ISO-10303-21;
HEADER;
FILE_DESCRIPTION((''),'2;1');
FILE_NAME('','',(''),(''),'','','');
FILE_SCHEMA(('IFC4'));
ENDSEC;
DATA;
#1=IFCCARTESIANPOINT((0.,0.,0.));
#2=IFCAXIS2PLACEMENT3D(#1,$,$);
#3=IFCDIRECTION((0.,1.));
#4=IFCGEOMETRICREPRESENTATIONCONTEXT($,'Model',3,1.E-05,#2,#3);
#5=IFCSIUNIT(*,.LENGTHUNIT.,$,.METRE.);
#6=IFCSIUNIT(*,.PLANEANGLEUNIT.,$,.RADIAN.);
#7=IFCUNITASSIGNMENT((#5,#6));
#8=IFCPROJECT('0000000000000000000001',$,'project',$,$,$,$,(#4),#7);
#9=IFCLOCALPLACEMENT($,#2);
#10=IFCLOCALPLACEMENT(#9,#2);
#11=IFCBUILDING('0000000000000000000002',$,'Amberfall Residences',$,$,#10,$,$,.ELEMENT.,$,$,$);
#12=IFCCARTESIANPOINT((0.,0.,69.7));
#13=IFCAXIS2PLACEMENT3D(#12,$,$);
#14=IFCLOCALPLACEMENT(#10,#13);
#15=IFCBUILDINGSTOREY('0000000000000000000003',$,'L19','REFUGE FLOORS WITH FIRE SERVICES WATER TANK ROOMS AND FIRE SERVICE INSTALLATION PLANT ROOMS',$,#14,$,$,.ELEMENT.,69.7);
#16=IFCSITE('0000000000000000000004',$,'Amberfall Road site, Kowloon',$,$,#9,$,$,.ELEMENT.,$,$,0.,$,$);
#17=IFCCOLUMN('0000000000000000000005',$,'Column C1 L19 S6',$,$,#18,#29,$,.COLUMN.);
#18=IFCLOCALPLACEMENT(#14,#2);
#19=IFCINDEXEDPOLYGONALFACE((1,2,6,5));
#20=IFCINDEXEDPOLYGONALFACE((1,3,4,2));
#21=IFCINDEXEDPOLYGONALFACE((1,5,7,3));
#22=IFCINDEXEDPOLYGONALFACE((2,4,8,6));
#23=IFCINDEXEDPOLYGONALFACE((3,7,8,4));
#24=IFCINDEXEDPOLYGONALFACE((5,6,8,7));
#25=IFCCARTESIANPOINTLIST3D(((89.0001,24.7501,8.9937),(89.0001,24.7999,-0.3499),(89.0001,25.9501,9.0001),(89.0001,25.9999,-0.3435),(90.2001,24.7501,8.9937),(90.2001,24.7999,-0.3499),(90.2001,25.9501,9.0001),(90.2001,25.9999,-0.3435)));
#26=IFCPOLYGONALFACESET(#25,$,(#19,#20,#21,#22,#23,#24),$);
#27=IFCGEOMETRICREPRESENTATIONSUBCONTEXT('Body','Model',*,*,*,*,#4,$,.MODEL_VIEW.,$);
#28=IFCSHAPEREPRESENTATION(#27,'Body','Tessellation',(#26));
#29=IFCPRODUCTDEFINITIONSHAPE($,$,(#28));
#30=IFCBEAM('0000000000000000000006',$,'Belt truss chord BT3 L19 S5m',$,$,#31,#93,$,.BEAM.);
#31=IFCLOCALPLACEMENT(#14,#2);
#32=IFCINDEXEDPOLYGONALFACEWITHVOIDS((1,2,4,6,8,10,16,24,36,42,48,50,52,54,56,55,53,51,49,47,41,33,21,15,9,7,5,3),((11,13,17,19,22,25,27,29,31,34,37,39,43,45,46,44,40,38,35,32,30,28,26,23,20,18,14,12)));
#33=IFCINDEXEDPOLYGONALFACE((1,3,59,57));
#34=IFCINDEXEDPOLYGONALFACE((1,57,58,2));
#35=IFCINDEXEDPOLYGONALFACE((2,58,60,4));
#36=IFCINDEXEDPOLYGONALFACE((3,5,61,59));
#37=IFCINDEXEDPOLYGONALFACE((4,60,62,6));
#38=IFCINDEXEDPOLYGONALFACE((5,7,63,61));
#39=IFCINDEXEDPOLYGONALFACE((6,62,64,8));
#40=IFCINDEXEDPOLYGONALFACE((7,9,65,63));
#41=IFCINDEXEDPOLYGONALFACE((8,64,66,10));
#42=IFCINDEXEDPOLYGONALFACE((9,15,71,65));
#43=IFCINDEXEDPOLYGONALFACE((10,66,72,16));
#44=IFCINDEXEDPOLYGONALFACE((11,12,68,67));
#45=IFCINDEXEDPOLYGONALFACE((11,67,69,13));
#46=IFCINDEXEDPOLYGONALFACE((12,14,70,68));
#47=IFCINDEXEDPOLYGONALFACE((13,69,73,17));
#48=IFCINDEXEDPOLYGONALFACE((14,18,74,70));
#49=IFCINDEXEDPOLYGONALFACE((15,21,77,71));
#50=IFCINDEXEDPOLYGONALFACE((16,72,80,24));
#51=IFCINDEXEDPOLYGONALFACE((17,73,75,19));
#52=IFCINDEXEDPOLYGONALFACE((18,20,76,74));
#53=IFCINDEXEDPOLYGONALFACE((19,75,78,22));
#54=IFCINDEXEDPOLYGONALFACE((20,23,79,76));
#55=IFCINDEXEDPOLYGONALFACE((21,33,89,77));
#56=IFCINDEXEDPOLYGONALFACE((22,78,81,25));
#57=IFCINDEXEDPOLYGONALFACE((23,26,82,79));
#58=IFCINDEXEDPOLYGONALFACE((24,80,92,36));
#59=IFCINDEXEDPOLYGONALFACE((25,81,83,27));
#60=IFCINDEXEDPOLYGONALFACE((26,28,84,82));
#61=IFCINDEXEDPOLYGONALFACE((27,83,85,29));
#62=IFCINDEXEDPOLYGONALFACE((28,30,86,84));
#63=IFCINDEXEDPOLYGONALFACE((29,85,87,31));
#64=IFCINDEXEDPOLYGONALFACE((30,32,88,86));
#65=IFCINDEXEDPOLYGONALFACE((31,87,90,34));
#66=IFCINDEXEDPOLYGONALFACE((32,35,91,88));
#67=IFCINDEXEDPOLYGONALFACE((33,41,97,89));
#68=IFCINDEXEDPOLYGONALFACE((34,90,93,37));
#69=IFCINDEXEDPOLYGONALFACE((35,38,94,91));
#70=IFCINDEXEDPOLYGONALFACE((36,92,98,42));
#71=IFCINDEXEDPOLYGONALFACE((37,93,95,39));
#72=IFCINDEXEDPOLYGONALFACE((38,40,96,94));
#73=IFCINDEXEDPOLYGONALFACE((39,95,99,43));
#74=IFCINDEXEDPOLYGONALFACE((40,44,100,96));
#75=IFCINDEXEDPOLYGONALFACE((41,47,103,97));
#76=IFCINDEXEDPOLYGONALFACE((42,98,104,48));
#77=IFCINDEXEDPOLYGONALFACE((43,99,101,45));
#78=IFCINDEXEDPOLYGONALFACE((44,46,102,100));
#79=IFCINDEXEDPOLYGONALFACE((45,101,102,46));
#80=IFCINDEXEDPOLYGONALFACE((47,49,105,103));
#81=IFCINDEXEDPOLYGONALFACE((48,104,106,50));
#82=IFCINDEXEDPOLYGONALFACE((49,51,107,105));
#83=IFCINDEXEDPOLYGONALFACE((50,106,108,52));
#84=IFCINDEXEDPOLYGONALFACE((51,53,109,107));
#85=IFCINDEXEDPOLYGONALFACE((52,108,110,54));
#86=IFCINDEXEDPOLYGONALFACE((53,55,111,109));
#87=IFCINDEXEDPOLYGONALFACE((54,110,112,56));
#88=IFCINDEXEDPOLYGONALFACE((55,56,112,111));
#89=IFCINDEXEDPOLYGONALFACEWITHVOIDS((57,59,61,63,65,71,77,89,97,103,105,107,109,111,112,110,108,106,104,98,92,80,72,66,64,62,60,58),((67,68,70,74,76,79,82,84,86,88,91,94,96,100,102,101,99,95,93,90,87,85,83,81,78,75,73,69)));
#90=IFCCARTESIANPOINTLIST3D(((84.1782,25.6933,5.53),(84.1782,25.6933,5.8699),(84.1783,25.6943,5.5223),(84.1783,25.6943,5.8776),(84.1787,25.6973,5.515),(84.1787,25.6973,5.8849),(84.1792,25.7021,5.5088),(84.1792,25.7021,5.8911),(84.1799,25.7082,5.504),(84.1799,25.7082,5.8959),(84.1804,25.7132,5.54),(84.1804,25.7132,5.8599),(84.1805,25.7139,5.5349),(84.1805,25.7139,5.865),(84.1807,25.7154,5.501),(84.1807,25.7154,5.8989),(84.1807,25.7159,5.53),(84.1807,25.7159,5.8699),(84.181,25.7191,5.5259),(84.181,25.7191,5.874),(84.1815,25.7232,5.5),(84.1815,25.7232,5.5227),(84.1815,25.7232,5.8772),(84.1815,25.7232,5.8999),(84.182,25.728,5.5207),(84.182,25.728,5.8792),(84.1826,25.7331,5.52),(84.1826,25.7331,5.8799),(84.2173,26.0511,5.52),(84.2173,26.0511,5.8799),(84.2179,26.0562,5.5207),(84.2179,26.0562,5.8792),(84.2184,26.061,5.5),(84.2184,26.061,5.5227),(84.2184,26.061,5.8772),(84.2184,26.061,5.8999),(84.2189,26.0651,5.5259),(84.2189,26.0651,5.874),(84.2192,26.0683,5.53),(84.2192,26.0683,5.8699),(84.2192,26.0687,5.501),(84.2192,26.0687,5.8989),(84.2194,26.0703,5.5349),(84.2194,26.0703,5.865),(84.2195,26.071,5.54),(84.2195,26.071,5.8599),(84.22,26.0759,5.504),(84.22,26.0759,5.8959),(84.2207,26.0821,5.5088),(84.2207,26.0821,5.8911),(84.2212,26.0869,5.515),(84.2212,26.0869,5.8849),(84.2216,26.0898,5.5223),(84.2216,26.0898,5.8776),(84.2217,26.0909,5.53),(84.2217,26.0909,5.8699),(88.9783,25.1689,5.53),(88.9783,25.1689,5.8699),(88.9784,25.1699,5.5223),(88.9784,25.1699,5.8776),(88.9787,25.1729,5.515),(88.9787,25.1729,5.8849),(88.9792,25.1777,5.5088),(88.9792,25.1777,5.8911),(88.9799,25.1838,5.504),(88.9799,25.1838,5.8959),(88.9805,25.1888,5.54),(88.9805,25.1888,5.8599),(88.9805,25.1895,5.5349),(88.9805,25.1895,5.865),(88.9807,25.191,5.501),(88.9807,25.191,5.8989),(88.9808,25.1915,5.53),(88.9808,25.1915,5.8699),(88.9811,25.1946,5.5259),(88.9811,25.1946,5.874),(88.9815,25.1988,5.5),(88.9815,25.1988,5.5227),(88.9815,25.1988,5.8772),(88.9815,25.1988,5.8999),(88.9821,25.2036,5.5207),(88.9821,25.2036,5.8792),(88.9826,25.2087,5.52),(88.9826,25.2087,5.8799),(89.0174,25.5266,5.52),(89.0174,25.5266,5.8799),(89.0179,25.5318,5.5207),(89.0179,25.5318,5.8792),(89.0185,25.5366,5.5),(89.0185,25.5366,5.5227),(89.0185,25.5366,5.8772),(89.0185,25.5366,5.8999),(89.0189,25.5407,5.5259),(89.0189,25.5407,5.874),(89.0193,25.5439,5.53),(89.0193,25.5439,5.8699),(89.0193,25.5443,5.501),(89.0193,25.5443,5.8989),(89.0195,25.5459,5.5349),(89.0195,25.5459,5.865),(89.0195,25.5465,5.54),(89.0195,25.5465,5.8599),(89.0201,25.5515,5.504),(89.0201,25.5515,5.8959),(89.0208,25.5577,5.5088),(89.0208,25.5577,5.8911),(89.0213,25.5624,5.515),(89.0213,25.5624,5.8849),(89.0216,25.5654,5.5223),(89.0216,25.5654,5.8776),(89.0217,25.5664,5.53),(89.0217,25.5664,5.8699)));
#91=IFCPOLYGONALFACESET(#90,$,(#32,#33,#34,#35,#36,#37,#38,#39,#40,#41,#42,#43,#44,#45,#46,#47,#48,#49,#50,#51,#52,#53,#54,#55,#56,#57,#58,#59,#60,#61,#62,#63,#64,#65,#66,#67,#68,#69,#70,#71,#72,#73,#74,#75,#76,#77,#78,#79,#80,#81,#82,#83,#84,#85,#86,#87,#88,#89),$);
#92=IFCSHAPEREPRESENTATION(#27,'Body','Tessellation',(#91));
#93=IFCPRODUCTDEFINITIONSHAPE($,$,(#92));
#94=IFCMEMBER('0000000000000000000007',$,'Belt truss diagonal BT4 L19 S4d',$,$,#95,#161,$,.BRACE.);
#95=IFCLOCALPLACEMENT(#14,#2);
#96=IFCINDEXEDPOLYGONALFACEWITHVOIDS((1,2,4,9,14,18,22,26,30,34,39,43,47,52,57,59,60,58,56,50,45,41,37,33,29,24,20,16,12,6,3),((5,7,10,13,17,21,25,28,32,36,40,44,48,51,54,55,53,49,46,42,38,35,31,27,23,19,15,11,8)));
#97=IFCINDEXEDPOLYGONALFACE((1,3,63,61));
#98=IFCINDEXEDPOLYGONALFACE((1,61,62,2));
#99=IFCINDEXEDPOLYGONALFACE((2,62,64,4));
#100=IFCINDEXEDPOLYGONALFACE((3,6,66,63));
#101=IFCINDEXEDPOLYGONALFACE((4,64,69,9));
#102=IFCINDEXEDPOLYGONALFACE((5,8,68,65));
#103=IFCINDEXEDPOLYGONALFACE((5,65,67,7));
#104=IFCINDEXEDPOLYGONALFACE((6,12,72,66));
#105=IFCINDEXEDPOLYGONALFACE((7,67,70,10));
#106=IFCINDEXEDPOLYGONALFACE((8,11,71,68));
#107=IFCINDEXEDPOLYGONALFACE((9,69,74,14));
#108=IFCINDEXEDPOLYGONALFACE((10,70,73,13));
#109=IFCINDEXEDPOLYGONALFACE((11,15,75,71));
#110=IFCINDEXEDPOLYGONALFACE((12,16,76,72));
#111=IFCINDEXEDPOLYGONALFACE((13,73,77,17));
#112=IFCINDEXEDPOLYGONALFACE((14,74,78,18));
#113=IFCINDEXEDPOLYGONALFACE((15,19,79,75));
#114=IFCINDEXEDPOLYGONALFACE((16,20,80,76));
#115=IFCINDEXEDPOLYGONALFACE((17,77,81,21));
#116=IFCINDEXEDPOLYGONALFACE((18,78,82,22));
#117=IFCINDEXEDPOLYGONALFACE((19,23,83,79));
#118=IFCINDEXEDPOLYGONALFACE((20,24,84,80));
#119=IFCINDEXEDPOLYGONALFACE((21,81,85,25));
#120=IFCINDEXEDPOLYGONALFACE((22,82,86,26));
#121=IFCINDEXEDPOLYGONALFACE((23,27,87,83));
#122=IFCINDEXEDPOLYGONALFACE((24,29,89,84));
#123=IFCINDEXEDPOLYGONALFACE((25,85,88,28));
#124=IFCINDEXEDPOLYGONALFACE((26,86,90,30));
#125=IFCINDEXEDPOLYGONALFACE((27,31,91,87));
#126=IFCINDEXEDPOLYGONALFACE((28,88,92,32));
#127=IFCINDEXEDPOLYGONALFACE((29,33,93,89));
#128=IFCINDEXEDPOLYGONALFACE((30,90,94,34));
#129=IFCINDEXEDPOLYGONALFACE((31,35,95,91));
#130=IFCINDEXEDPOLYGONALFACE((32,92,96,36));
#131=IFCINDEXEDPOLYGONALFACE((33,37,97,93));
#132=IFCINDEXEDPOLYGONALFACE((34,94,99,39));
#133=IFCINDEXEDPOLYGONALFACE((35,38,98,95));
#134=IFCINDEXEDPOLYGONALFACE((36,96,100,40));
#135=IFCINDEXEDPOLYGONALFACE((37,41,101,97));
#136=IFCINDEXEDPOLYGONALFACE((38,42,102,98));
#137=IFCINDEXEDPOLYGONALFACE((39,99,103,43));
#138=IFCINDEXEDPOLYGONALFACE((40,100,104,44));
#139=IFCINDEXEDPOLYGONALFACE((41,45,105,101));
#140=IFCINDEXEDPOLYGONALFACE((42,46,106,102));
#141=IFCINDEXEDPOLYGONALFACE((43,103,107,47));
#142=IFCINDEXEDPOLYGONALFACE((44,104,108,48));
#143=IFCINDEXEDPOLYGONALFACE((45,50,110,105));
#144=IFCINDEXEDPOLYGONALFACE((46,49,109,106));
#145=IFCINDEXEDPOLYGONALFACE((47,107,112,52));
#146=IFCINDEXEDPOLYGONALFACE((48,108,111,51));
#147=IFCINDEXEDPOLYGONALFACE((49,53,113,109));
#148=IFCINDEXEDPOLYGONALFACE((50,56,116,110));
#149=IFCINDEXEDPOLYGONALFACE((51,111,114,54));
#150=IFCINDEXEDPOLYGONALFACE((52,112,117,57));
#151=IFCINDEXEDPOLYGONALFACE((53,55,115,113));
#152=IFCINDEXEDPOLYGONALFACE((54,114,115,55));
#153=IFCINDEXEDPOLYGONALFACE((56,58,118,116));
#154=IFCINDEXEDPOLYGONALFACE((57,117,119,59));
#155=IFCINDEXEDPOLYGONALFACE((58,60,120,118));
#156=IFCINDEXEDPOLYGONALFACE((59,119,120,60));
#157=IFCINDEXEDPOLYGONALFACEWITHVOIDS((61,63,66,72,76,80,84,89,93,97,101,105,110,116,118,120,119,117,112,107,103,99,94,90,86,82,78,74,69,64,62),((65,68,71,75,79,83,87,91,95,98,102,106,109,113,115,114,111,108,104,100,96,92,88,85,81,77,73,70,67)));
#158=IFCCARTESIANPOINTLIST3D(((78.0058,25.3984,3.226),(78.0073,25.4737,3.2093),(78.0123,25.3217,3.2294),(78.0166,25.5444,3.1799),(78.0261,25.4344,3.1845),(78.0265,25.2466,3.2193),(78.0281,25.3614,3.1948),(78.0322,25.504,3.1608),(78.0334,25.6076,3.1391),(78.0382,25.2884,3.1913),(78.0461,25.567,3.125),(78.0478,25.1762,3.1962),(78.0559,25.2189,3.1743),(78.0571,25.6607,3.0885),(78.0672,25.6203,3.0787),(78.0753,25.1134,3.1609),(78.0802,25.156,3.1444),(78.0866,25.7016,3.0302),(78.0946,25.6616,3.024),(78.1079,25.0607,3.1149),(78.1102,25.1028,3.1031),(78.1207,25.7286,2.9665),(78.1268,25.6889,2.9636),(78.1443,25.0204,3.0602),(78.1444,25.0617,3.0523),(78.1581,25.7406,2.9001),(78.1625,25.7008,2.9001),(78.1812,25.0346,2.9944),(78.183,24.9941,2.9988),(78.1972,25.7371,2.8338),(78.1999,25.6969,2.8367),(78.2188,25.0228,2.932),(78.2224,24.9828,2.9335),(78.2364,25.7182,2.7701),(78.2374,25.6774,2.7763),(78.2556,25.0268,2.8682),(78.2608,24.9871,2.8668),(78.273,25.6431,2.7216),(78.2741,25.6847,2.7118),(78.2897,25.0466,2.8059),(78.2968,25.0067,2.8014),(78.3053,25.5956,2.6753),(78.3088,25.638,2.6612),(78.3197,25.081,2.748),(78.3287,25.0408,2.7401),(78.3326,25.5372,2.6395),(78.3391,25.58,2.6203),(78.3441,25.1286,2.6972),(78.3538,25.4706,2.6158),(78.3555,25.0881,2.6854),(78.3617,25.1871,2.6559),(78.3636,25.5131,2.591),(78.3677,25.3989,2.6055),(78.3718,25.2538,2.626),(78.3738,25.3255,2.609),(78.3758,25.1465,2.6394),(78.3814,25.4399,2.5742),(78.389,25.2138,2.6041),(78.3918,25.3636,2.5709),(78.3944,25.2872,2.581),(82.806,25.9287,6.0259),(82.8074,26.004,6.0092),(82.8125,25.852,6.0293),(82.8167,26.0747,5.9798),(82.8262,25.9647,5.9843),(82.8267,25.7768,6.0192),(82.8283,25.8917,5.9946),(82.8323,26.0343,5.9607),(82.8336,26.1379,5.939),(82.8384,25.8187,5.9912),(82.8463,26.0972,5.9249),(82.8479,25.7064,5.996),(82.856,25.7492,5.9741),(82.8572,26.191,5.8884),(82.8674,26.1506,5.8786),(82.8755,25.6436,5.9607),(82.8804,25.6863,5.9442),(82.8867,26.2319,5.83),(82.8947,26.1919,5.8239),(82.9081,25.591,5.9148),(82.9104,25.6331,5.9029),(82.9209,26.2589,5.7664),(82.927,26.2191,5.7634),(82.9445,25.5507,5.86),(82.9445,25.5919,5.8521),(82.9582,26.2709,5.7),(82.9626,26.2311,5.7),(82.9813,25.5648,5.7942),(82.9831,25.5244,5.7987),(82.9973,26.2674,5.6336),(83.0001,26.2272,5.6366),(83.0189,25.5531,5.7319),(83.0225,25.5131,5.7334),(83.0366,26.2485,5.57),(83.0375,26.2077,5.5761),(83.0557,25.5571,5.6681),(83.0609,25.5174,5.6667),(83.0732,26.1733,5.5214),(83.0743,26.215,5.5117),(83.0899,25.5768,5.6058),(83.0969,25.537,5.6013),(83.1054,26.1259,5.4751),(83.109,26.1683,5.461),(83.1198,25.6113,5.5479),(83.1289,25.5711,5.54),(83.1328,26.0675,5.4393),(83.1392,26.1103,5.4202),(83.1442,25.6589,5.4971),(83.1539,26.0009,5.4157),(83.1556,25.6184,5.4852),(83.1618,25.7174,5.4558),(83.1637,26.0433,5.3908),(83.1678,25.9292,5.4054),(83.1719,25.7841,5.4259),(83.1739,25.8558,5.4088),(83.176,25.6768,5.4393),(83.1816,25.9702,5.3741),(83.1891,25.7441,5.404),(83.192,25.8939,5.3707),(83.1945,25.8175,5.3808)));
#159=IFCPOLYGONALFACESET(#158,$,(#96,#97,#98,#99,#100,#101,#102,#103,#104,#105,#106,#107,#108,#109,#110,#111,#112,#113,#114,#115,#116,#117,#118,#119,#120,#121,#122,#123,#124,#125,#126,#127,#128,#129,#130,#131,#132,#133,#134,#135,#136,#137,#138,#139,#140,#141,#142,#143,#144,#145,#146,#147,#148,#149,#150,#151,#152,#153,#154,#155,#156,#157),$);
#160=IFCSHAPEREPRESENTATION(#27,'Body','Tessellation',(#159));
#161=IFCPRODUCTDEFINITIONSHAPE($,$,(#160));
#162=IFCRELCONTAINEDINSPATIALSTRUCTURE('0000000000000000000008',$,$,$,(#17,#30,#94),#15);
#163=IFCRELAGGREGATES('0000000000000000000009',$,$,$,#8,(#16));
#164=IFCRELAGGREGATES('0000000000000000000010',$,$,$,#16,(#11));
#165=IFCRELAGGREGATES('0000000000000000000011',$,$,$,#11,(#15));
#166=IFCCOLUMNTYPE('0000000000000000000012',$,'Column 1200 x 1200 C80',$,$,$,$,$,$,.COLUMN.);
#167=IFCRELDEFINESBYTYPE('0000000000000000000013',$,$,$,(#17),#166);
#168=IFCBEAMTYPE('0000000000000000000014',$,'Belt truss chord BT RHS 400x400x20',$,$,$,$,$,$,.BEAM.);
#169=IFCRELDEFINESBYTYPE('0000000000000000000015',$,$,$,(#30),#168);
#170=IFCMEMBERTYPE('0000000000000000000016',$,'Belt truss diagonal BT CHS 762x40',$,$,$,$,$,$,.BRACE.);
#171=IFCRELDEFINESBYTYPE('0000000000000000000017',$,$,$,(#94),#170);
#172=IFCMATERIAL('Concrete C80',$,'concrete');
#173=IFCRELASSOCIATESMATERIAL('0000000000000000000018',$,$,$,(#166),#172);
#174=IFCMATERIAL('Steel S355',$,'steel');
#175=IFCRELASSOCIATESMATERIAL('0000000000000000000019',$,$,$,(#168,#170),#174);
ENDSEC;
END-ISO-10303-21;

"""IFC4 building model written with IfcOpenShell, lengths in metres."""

from ifc_helpers import new_model, si_unit, direction, frame, origin, origin_2d, place, context, subcontext, project, spatial, rectangle, hollow_rectangle, hollow_circle, extrude, material, material_profile, profile_set, type_object, element, save


model = new_model("IFC4")

# Units and contexts
model_context = context("Model", 3, precision=1e-05, world=origin(), true_north=direction((0.0, 1.0)))
body_context = subcontext(model_context, "Body", "Model", "MODEL_VIEW")
ifc_project = project(units=[si_unit("LENGTHUNIT", "METRE"), si_unit("PLANEANGLEUNIT", "RADIAN")], contexts=[model_context])

# Site, building, storey
site_placement = place(None, origin())
site = spatial("IfcSite", under=ifc_project, at=site_placement, Name="Amberfall Road site, Kowloon", CompositionType="ELEMENT", RefElevation=0.0)
building_placement = place(site_placement, origin())
building = spatial("IfcBuilding", under=site, at=building_placement, Name="Amberfall Residences", CompositionType="ELEMENT")
storey_placement = place(building_placement, frame((0.0, 0.0, 69.7)))
storey = spatial("IfcBuildingStorey", under=building, at=storey_placement, Name="L19", Description="REFUGE FLOORS WITH FIRE SERVICES WATER TANK ROOMS AND FIRE SERVICE INSTALLATION PLANT ROOMS", CompositionType="ELEMENT", Elevation=69.7)

# Column
ifc_material_1 = material(Name="Concrete C80", Category="concrete")
ifc_material_profile_1 = material_profile(ifc_material_1, rectangle(XDim=1.2, YDim=1.2, at=origin_2d()), Name="Column 1200 x 1200 C80")
ifc_profile_set_1 = profile_set([ifc_material_profile_1], Name="Concrete C80")
column_type = type_object("IfcColumnType", Name="Column 1200 x 1200 C80", PredefinedType="COLUMN", material=ifc_profile_set_1)
column_placement = place(storey_placement, frame((89.6001, 25.3999, -0.3467), z_axis=(0.0, -0.00533, 0.999986), x_axis=(1.0, 0.0, 0.0)))
element("IfcColumn", 1, at=column_placement, inside=storey, type_object=column_type, Name="Column C1 L19 S6", PredefinedType="COLUMN", context=body_context, shape_type="SweptSolid", body=[
    extrude(rectangle(XDim=1.2, YDim=1.2, at=origin_2d()), origin(), (0.0, 0.0, 1.0), 9.3438),
])

# Beam
ifc_material_2 = material(Name="Steel S355", Category="steel")
ifc_material_profile_2 = material_profile(ifc_material_2, hollow_rectangle(XDim=0.3999, YDim=0.3999, WallThickness=0.02, InnerFilletRadius=0.02, OuterFilletRadius=0.03, at=origin_2d()), Name="RHS 400x400x20")
ifc_profile_set_2 = profile_set([ifc_material_profile_2], Name="Steel S355")
beam_type_1 = type_object("IfcBeamType", Name="Belt truss chord BT RHS 400x400x20", PredefinedType="BEAM", material=ifc_profile_set_2)
beam_1_placement = place(storey_placement, frame((84.2, 25.8921, 5.7), z_axis=(0.994085, -0.108606, 0.0), x_axis=(0.108606, 0.994085, 0.0)))
element("IfcBeam", 2, at=beam_1_placement, inside=storey, type_object=beam_type_1, Name="Belt truss chord BT3 L19 S5m", PredefinedType="BEAM", context=body_context, shape_type="SweptSolid", body=[
    extrude(hollow_rectangle(XDim=0.3999, YDim=0.3999, WallThickness=0.02, InnerFilletRadius=0.02, OuterFilletRadius=0.03, at=origin_2d()), origin(), (0.0, 0.0, 1.0), 4.8286),
])

# Member
ifc_material_profile_3 = material_profile(ifc_material_2, hollow_circle(Radius=0.3811, WallThickness=0.04, at=origin_2d()), Name="CHS 762x40")
ifc_profile_set_3 = profile_set([ifc_material_profile_3], Name="Steel S355")
member_type = type_object("IfcMemberType", Name="Belt truss diagonal BT CHS 762x40", PredefinedType="BRACE", material=ifc_profile_set_3)
member_1_placement = place(storey_placement, frame((78.2, 25.3618, 2.9001), z_axis=(0.85989, 0.094994, 0.501563), x_axis=(-0.109805, 0.993953, 0.0)))
element("IfcMember", 3, at=member_1_placement, inside=storey, type_object=member_type, Name="Belt truss diagonal BT4 L19 S4d", PredefinedType="BRACE", context=body_context, shape_type="SweptSolid", body=[
    extrude(hollow_circle(Radius=0.3811, WallThickness=0.04, at=origin_2d()), origin(), (0.0, 0.0, 1.0), 5.5823),
])

save(model, "model.ifc")
